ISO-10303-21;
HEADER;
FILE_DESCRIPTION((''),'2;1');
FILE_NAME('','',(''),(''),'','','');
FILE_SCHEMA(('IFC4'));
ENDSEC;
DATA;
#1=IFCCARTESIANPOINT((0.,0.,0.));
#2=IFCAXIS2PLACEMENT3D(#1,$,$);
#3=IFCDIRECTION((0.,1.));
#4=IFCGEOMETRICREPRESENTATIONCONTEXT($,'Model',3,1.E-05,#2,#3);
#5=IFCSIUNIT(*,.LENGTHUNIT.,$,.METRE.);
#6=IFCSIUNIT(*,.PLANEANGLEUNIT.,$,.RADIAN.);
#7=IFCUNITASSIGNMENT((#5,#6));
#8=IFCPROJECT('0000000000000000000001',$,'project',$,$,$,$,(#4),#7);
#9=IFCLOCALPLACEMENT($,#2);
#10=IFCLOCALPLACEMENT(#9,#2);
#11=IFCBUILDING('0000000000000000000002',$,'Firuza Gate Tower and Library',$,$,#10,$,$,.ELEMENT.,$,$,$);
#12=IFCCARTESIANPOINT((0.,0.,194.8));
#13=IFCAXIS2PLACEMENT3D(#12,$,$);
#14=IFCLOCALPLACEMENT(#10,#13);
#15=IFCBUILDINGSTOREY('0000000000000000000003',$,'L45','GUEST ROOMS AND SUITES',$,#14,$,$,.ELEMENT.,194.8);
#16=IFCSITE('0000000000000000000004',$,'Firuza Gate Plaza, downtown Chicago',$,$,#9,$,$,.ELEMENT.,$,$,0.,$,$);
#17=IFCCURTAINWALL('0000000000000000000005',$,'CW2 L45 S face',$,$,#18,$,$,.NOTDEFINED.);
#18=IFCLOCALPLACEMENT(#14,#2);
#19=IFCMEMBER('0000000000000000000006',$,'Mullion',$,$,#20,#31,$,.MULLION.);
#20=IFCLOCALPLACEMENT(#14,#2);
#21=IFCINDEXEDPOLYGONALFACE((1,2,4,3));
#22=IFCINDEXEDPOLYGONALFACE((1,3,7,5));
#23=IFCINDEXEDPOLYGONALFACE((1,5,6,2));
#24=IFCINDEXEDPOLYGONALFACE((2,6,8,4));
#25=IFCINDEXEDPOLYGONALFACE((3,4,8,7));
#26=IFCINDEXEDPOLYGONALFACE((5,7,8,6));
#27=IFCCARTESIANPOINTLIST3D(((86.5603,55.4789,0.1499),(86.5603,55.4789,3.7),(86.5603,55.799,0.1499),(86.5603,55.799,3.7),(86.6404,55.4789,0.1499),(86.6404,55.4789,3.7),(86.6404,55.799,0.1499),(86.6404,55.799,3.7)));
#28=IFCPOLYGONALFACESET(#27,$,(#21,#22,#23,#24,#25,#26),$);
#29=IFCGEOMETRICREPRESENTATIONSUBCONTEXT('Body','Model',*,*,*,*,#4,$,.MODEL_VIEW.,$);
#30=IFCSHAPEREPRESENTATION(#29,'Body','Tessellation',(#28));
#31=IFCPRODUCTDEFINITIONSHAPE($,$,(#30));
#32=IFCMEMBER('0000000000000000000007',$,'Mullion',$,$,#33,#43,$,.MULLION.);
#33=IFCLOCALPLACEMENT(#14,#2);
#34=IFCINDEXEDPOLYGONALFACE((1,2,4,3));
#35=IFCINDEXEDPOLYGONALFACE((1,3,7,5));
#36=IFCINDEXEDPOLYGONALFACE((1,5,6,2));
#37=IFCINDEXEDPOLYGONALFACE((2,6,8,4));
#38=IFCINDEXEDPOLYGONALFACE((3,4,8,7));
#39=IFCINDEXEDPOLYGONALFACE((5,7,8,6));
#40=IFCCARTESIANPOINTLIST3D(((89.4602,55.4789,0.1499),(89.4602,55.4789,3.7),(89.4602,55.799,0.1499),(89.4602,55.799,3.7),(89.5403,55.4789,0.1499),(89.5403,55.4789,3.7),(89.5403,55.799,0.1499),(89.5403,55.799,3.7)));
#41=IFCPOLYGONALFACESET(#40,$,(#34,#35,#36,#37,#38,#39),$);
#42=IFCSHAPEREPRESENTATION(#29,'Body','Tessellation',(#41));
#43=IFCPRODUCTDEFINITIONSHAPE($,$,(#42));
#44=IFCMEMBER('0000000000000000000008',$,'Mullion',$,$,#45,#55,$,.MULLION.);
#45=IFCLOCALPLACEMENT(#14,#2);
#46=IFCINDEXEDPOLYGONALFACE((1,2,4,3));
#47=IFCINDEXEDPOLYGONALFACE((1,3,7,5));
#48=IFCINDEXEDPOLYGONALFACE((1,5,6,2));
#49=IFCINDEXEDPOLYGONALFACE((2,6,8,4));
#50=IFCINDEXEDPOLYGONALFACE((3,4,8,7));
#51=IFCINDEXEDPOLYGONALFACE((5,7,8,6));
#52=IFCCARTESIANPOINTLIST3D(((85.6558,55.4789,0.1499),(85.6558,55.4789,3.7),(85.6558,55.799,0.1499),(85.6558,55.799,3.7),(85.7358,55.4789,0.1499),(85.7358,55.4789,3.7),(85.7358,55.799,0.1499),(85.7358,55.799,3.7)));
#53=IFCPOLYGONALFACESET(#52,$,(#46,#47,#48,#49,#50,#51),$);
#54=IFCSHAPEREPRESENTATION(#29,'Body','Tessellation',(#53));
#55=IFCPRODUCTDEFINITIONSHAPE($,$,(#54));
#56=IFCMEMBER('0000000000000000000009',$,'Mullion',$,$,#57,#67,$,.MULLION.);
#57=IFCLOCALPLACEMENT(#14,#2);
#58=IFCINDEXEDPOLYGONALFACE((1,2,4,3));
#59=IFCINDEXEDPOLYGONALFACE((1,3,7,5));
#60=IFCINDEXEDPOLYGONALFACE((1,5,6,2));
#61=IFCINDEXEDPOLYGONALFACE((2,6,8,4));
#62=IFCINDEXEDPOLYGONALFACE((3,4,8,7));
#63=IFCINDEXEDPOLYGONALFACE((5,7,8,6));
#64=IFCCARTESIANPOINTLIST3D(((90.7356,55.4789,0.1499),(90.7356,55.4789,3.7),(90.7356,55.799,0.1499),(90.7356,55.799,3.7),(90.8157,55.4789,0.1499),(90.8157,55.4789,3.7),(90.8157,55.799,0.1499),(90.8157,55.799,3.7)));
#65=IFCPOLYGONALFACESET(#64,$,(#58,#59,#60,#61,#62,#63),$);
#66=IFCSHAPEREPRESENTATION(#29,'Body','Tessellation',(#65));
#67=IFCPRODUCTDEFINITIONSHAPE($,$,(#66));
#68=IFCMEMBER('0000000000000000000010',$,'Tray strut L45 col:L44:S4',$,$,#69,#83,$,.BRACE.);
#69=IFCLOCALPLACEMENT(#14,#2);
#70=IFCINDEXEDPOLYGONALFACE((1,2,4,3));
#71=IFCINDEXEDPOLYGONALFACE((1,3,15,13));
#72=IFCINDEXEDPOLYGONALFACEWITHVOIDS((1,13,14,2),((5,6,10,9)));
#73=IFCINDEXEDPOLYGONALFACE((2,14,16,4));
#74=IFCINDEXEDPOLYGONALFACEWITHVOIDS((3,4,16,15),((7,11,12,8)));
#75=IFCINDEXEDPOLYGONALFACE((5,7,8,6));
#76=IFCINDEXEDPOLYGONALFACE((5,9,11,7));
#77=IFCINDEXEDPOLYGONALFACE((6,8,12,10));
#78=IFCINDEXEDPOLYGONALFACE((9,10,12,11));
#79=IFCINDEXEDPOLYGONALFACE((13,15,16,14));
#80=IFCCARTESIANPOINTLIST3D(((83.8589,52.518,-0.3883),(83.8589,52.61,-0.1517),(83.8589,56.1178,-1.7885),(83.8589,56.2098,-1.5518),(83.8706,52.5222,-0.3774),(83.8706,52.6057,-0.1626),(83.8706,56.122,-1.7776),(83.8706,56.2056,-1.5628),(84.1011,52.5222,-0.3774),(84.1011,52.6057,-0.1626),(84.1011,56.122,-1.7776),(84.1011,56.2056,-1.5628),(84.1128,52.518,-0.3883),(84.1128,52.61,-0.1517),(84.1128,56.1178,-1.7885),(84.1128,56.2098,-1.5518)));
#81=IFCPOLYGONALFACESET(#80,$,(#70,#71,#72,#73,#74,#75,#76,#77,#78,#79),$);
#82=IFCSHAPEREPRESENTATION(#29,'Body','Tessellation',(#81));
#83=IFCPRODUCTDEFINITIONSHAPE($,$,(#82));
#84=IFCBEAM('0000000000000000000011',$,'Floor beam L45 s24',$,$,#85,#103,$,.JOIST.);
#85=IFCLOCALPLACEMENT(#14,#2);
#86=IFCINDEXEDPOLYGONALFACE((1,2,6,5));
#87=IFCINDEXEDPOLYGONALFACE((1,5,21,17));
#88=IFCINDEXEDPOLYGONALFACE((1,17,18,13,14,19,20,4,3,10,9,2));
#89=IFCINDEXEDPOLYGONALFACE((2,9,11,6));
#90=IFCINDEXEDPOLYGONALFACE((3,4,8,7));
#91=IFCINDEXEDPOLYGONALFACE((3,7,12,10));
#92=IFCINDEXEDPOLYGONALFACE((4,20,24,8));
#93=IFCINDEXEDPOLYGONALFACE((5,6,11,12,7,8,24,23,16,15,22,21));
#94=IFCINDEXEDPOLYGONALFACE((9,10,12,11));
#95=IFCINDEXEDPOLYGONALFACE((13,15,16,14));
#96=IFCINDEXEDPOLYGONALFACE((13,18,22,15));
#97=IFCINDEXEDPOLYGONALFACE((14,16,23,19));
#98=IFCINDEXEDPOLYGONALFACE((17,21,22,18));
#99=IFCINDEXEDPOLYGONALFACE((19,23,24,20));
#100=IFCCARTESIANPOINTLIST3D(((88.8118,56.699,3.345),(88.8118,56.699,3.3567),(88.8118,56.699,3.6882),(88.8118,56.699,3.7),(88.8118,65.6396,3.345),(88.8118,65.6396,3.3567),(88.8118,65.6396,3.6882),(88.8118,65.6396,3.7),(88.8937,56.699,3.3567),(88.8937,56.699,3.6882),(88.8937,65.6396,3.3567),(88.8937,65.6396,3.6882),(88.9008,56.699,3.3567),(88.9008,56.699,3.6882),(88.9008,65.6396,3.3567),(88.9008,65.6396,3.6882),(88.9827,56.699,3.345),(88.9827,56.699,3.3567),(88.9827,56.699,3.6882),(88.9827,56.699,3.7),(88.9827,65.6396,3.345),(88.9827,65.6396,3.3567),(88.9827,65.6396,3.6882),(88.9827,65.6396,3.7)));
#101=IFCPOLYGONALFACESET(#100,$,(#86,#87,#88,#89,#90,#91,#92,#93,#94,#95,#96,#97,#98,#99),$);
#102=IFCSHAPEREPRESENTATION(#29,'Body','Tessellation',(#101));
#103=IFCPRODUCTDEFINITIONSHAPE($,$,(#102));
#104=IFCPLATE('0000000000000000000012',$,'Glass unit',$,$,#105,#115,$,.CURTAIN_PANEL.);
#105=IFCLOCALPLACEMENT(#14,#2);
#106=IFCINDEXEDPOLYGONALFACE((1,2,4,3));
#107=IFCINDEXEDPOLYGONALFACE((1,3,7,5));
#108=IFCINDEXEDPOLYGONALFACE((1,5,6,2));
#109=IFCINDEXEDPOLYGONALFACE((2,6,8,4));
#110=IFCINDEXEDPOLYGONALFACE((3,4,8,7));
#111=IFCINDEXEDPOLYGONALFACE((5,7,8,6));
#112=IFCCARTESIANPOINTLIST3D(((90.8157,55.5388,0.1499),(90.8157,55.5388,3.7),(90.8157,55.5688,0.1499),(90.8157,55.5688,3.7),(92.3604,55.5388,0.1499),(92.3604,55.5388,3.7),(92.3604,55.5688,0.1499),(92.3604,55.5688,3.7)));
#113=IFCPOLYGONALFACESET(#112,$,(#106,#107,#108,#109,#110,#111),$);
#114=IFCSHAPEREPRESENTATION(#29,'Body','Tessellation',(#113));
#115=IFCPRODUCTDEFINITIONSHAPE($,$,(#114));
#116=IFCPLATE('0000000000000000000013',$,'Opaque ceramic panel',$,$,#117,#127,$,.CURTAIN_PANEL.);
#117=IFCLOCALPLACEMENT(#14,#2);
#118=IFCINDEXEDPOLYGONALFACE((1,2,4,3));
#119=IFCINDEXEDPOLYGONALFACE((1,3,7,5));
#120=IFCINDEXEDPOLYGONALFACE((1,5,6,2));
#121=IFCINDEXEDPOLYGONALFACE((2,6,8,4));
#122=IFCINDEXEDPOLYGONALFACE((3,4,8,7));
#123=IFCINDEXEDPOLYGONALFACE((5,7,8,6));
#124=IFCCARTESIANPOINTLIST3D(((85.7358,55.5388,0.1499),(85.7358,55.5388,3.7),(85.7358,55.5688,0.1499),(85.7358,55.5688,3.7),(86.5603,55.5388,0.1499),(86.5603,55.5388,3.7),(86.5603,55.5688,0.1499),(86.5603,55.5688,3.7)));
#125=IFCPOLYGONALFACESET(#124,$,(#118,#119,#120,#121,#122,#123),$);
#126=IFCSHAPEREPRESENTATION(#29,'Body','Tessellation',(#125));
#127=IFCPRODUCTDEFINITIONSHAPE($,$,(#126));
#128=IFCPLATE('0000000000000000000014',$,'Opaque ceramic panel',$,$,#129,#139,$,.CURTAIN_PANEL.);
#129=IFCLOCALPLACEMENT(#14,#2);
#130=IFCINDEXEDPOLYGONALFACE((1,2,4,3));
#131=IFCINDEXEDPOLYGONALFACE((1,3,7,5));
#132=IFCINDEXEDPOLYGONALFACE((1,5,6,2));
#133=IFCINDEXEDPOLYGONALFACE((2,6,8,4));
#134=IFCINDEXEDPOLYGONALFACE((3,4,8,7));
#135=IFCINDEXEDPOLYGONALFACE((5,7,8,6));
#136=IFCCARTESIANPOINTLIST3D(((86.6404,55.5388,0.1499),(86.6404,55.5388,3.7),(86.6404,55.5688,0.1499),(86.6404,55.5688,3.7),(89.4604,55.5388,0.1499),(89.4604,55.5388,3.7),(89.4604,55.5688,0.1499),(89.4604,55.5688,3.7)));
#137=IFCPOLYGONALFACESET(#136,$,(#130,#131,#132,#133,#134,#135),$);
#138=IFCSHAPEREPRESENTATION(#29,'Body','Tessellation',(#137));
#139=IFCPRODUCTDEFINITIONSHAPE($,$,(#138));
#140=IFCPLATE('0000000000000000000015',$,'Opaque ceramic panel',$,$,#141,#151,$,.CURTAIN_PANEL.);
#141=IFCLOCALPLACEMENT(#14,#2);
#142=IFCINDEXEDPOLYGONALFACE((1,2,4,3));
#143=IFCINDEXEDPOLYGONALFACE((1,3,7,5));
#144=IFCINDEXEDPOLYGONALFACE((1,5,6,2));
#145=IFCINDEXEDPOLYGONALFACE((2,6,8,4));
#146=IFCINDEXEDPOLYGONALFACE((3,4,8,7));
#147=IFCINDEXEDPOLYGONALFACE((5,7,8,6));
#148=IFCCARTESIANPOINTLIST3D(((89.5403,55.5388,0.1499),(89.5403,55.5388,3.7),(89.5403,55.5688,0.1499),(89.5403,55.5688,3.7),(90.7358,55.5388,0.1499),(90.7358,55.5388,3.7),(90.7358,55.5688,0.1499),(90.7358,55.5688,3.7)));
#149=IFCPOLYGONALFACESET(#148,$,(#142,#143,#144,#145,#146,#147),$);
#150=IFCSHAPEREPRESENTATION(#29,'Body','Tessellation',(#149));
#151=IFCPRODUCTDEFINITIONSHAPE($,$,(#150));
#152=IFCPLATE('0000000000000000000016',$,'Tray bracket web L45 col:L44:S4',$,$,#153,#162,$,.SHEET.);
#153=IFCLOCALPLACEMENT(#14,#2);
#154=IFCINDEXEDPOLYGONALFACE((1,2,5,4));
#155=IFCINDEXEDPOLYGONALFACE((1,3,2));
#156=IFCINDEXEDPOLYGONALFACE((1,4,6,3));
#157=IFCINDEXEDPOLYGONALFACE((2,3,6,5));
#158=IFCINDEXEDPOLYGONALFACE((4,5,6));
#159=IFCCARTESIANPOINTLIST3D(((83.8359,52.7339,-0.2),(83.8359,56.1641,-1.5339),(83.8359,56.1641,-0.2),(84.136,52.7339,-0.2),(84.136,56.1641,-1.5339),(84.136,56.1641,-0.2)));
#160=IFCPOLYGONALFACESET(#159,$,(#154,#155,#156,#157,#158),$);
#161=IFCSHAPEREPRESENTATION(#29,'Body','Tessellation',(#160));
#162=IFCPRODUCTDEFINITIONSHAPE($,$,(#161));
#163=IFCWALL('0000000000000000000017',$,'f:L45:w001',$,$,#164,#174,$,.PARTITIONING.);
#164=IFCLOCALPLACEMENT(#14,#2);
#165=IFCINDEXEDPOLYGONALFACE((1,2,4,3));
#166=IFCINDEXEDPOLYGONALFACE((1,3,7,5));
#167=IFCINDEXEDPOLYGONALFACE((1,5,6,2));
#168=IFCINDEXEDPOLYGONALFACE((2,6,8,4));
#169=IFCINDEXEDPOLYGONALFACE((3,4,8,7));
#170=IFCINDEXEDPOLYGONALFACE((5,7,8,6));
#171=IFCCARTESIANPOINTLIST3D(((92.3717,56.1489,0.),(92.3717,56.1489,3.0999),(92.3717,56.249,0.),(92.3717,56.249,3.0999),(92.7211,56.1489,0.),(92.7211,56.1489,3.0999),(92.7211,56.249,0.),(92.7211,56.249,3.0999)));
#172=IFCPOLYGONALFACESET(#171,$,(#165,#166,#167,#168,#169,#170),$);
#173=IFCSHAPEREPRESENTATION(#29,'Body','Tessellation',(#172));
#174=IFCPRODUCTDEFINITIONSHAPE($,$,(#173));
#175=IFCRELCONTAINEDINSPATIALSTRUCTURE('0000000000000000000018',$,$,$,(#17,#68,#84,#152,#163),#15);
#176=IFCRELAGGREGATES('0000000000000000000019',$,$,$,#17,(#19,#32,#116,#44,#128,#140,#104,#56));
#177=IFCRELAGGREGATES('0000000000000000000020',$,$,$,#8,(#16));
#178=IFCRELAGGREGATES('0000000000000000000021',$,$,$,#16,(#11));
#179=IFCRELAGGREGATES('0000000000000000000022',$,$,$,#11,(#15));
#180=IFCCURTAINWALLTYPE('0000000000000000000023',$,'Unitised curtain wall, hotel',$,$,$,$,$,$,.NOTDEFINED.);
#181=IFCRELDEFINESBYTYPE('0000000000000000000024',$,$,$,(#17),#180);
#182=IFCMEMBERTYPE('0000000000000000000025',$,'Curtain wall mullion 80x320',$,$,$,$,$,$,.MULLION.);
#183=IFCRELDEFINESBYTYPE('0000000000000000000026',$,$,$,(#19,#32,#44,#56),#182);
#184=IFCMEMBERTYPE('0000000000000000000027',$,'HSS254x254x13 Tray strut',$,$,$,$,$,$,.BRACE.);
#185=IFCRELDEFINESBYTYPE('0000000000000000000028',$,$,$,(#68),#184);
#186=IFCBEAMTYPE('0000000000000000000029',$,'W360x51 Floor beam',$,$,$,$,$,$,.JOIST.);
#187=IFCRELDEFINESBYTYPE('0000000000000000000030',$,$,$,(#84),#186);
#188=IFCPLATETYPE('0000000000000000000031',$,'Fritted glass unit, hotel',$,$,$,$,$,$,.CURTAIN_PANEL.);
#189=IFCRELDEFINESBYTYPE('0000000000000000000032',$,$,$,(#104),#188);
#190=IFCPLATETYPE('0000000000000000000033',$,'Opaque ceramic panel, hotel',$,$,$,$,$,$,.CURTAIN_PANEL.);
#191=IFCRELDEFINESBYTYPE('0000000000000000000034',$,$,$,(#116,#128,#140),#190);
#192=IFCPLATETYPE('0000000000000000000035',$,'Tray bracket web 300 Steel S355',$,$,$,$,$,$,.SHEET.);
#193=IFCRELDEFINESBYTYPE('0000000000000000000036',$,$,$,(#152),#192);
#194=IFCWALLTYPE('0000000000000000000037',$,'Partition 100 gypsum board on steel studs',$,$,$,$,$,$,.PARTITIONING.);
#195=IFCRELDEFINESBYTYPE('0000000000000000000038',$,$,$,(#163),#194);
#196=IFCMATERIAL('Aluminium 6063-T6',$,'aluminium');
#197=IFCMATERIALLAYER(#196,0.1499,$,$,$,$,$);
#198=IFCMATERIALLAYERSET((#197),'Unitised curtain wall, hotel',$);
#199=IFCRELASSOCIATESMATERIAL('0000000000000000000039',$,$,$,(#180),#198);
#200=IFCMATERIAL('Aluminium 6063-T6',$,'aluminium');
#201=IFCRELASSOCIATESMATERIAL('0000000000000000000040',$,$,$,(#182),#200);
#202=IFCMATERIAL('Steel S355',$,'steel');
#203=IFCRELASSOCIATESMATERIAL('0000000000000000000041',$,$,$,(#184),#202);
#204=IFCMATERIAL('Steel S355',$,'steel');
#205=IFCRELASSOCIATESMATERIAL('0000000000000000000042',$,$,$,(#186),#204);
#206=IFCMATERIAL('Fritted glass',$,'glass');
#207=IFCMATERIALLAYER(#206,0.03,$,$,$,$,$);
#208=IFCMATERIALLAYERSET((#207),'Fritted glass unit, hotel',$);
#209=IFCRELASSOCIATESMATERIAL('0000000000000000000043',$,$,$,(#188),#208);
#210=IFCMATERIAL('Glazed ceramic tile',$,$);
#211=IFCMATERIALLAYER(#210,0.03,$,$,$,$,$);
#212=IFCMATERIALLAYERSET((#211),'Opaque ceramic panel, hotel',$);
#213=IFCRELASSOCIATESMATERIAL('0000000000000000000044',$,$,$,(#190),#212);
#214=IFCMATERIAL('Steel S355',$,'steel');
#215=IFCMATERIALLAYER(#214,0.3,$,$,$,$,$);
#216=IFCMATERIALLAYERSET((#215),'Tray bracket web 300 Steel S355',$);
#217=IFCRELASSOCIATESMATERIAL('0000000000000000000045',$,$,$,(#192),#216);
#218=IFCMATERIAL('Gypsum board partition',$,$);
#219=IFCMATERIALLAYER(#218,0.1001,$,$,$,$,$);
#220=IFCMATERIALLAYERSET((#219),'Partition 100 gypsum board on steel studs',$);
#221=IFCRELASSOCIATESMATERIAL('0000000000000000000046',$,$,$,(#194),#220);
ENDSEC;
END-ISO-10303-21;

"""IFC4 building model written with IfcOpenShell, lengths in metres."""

from ifc_helpers import new_model, si_unit, direction, frame, frame_2d, origin, origin_2d, place, context, subcontext, project, spatial, polyline, rectangle, hollow_rectangle, i_section, outline, extrude, material, layer, layer_set, material_profile, profile_set, type_object, element, aggregate, save


model = new_model("IFC4")

# Units and contexts
model_context = context("Model", 3, precision=1e-05, world=origin(), true_north=direction((0.0, 1.0)))
body_context = subcontext(model_context, "Body", "Model", "MODEL_VIEW")
ifc_project = project(units=[si_unit("LENGTHUNIT", "METRE"), si_unit("PLANEANGLEUNIT", "RADIAN")], contexts=[model_context])

# Site, building, storey
site_placement = place(None, origin())
site = spatial("IfcSite", under=ifc_project, at=site_placement, Name="Firuza Gate Plaza, downtown Chicago", CompositionType="ELEMENT", RefElevation=0.0)
building_placement = place(site_placement, origin())
building = spatial("IfcBuilding", under=site, at=building_placement, Name="Firuza Gate Tower and Library", CompositionType="ELEMENT")
storey_placement = place(building_placement, frame((0.0, 0.0, 194.8)))
storey = spatial("IfcBuildingStorey", under=building, at=storey_placement, Name="L45", Description="GUEST ROOMS AND SUITES", CompositionType="ELEMENT", Elevation=194.8)

# Curtain wall, members
ifc_material_1 = material(Name="Aluminium 6063-T6", Category="aluminium")
ifc_layer_1 = layer(ifc_material_1, 0.1499)
ifc_layer_set_1 = layer_set([ifc_layer_1], Name="Unitised curtain wall, hotel")
curtain_wall_type = type_object("IfcCurtainWallType", Name="Unitised curtain wall, hotel", PredefinedType="NOTDEFINED", material=ifc_layer_set_1)
curtain_wall_placement = place(storey_placement, origin())
curtain_wall = element("IfcCurtainWall", 1, at=curtain_wall_placement, inside=storey, type_object=curtain_wall_type, Name="CW2 L45 S face", PredefinedType="NOTDEFINED")
ifc_material_2 = material(Name="Aluminium 6063-T6", Category="aluminium")
ifc_material_profile_1 = material_profile(ifc_material_2, rectangle(XDim=0.3201, YDim=0.0801, at=origin_2d()))
ifc_profile_set_1 = profile_set([ifc_material_profile_1], Name="Aluminium 6063-T6")
member_type_1 = type_object("IfcMemberType", Name="Curtain wall mullion 80x320", PredefinedType="MULLION", material=ifc_profile_set_1)
member_1_placement = place(storey_placement, frame((86.6003, 55.6389, 0.1499), z_axis=(0.0, 0.0, 1.0), x_axis=(0.0, 1.0, 0.0)))
member_1 = element("IfcMember", 2, at=member_1_placement, type_object=member_type_1, Name="Mullion", PredefinedType="MULLION", context=body_context, shape_type="SweptSolid", body=[
    extrude(rectangle(XDim=0.3201, YDim=0.0801, at=origin_2d()), origin(), (0.0, 0.0, 1.0), 3.55),
])
member_2_placement = place(storey_placement, frame((89.5002, 55.6389, 0.1499), z_axis=(0.0, 0.0, 1.0), x_axis=(0.0, 1.0, 0.0)))
member_2 = element("IfcMember", 3, at=member_2_placement, type_object=member_type_1, Name="Mullion", PredefinedType="MULLION", context=body_context, shape_type="SweptSolid", body=[
    extrude(rectangle(XDim=0.3201, YDim=0.0801, at=origin_2d()), origin(), (0.0, 0.0, 1.0), 3.55),
])
member_3_placement = place(storey_placement, frame((85.6958, 55.6389, 0.1499), z_axis=(0.0, 0.0, 1.0), x_axis=(0.0, 1.0, 0.0)))
member_3 = element("IfcMember", 4, at=member_3_placement, type_object=member_type_1, Name="Mullion", PredefinedType="MULLION", context=body_context, shape_type="SweptSolid", body=[
    extrude(rectangle(XDim=0.3201, YDim=0.0801, at=origin_2d()), origin(), (0.0, 0.0, 1.0), 3.55),
])
member_4_placement = place(storey_placement, frame((90.7756, 55.6389, 0.1499), z_axis=(0.0, 0.0, 1.0), x_axis=(0.0, 1.0, 0.0)))
member_4 = element("IfcMember", 5, at=member_4_placement, type_object=member_type_1, Name="Mullion", PredefinedType="MULLION", context=body_context, shape_type="SweptSolid", body=[
    extrude(rectangle(XDim=0.3201, YDim=0.0801, at=origin_2d()), origin(), (0.0, 0.0, 1.0), 3.55),
])

# Member
ifc_material_3 = material(Name="Steel S355", Category="steel")
ifc_material_profile_2 = material_profile(ifc_material_3, hollow_rectangle(XDim=0.2539, YDim=0.2539, WallThickness=0.0117, at=origin_2d()))
ifc_profile_set_2 = profile_set([ifc_material_profile_2], Name="Steel S355")
member_type_2 = type_object("IfcMemberType", Name="HSS254x254x13 Tray strut", PredefinedType="BRACE", material=ifc_profile_set_2)
member_5_placement = place(storey_placement, frame((83.9858, 56.1638, -1.6702), z_axis=(0.0, -0.931987, 0.362492), x_axis=(1.0, 0.0, 0.0)))
element("IfcMember", 6, at=member_5_placement, inside=storey, type_object=member_type_2, Name="Tray strut L45 col:L44:S4", PredefinedType="BRACE", context=body_context, shape_type="SweptSolid", body=[
    extrude(hollow_rectangle(XDim=0.2539, YDim=0.2539, WallThickness=0.0117, at=origin_2d()), origin(), (0.0, 0.0, 1.0), 3.8625),
])

# Beam
ifc_material_4 = material(Name="Steel S355", Category="steel")
ifc_material_profile_3 = material_profile(ifc_material_4, i_section(OverallWidth=0.1709, OverallDepth=0.355, WebThickness=0.0071, FlangeThickness=0.0117, at=origin_2d()))
ifc_profile_set_3 = profile_set([ifc_material_profile_3], Name="Steel S355")
beam_type = type_object("IfcBeamType", Name="W360x51 Floor beam", PredefinedType="JOIST", material=ifc_profile_set_3)
beam_placement = place(storey_placement, frame((88.8972, 56.699, 3.5225), z_axis=(0.0, 1.0, 0.0), x_axis=(-1.0, 0.0, 0.0)))
element("IfcBeam", 7, at=beam_placement, inside=storey, type_object=beam_type, Name="Floor beam L45 s24", PredefinedType="JOIST", context=body_context, shape_type="SweptSolid", body=[
    extrude(i_section(OverallWidth=0.1709, OverallDepth=0.355, WebThickness=0.0071, FlangeThickness=0.0117, at=origin_2d()), origin(), (0.0, 0.0, 1.0), 8.9407),
])

# Plates
ifc_material_5 = material(Name="Fritted glass", Category="glass")
ifc_layer_2 = layer(ifc_material_5, 0.03)
ifc_layer_set_2 = layer_set([ifc_layer_2], Name="Fritted glass unit, hotel")
plate_type_1 = type_object("IfcPlateType", Name="Fritted glass unit, hotel", PredefinedType="CURTAIN_PANEL", material=ifc_layer_set_2)
plate_1_placement = place(storey_placement, frame((90.8157, 55.5388, 0.1499), z_axis=(0.0, -1.0, 0.0), x_axis=(1.0, 0.0, 0.0)))
plate_1 = element("IfcPlate", 8, at=plate_1_placement, type_object=plate_type_1, Name="Glass unit", PredefinedType="CURTAIN_PANEL", context=body_context, shape_type="SweptSolid", body=[
    extrude(outline(polyline([(0.0, 0.0), (1.5447, 0.0), (1.5447, 3.55), (0.0, 3.55), (0.0, 0.0)])), origin(), (0.0, 0.0, -1.0), 0.03),
])
ifc_material_6 = material(Name="Glazed ceramic tile")
ifc_layer_3 = layer(ifc_material_6, 0.03)
ifc_layer_set_3 = layer_set([ifc_layer_3], Name="Opaque ceramic panel, hotel")
plate_type_2 = type_object("IfcPlateType", Name="Opaque ceramic panel, hotel", PredefinedType="CURTAIN_PANEL", material=ifc_layer_set_3)
plate_2_placement = place(storey_placement, frame((85.7358, 55.5388, 0.1499), z_axis=(0.0, -1.0, 0.0), x_axis=(1.0, 0.0, 0.0)))
plate_2 = element("IfcPlate", 9, at=plate_2_placement, type_object=plate_type_2, Name="Opaque ceramic panel", PredefinedType="CURTAIN_PANEL", context=body_context, shape_type="SweptSolid", body=[
    extrude(outline(polyline([(0.0, 0.0), (0.8245, 0.0), (0.8245, 3.55), (0.0, 3.55), (0.0, 0.0)])), origin(), (0.0, 0.0, -1.0), 0.03),
])
plate_3_placement = place(storey_placement, frame((86.6404, 55.5388, 0.1499), z_axis=(0.0, -1.0, 0.0), x_axis=(1.0, 0.0, 0.0)))
plate_3 = element("IfcPlate", 10, at=plate_3_placement, type_object=plate_type_2, Name="Opaque ceramic panel", PredefinedType="CURTAIN_PANEL", context=body_context, shape_type="SweptSolid", body=[
    extrude(outline(polyline([(0.0, 0.0), (2.8201, 0.0), (2.8201, 3.55), (0.0, 3.55), (0.0, 0.0)])), origin(), (0.0, 0.0, -1.0), 0.03),
])
plate_4_placement = place(storey_placement, frame((89.5403, 55.5388, 0.1499), z_axis=(0.0, -1.0, 0.0), x_axis=(1.0, 0.0, 0.0)))
plate_4 = element("IfcPlate", 11, at=plate_4_placement, type_object=plate_type_2, Name="Opaque ceramic panel", PredefinedType="CURTAIN_PANEL", context=body_context, shape_type="SweptSolid", body=[
    extrude(outline(polyline([(0.0, 0.0), (1.1956, 0.0), (1.1956, 3.55), (0.0, 3.55), (0.0, 0.0)])), origin(), (0.0, 0.0, -1.0), 0.03),
])
aggregate(curtain_wall, [member_1, member_2, plate_2, member_3, plate_3, plate_4, plate_1, member_4])
ifc_material_7 = material(Name="Steel S355", Category="steel")
ifc_layer_4 = layer(ifc_material_7, 0.3)
ifc_layer_set_4 = layer_set([ifc_layer_4], Name="Tray bracket web 300 Steel S355")
plate_type_3 = type_object("IfcPlateType", Name="Tray bracket web 300 Steel S355", PredefinedType="SHEET", material=ifc_layer_set_4)
plate_5_placement = place(storey_placement, frame((84.136, 56.1641, -0.2), z_axis=(1.0, 0.0, 0.0), x_axis=(0.0, -1.0, 0.0)))
element("IfcPlate", 12, at=plate_5_placement, inside=storey, type_object=plate_type_3, Name="Tray bracket web L45 col:L44:S4", PredefinedType="SHEET", context=body_context, shape_type="SweptSolid", body=[
    extrude(outline(polyline([(0.0, 0.0), (3.4302, 0.0), (0.0, 1.334), (0.0, 0.0)])), origin(), (0.0, 0.0, -1.0), 0.3),
])

# Wall
ifc_material_8 = material(Name="Gypsum board partition")
ifc_layer_5 = layer(ifc_material_8, 0.1001)
ifc_layer_set_5 = layer_set([ifc_layer_5], Name="Partition 100 gypsum board on steel studs")
wall_type = type_object("IfcWallType", Name="Partition 100 gypsum board on steel studs", PredefinedType="PARTITIONING", material=ifc_layer_set_5)
wall_1_placement = place(storey_placement, frame((92.3716, 56.199, 0.0), z_axis=(0.0, 0.0, 1.0), x_axis=(1.0, 0.0, 0.0)))
element("IfcWall", 13, at=wall_1_placement, inside=storey, type_object=wall_type, Name="f:L45:w001", PredefinedType="PARTITIONING", context=body_context, shape_type="SweptSolid", body=[
    extrude(rectangle(XDim=0.3494, YDim=0.1001, at=frame_2d((0.1748, 0.0))), origin(), (0.0, 0.0, 1.0), 3.0999),
])

save(model, "model.ifc")
